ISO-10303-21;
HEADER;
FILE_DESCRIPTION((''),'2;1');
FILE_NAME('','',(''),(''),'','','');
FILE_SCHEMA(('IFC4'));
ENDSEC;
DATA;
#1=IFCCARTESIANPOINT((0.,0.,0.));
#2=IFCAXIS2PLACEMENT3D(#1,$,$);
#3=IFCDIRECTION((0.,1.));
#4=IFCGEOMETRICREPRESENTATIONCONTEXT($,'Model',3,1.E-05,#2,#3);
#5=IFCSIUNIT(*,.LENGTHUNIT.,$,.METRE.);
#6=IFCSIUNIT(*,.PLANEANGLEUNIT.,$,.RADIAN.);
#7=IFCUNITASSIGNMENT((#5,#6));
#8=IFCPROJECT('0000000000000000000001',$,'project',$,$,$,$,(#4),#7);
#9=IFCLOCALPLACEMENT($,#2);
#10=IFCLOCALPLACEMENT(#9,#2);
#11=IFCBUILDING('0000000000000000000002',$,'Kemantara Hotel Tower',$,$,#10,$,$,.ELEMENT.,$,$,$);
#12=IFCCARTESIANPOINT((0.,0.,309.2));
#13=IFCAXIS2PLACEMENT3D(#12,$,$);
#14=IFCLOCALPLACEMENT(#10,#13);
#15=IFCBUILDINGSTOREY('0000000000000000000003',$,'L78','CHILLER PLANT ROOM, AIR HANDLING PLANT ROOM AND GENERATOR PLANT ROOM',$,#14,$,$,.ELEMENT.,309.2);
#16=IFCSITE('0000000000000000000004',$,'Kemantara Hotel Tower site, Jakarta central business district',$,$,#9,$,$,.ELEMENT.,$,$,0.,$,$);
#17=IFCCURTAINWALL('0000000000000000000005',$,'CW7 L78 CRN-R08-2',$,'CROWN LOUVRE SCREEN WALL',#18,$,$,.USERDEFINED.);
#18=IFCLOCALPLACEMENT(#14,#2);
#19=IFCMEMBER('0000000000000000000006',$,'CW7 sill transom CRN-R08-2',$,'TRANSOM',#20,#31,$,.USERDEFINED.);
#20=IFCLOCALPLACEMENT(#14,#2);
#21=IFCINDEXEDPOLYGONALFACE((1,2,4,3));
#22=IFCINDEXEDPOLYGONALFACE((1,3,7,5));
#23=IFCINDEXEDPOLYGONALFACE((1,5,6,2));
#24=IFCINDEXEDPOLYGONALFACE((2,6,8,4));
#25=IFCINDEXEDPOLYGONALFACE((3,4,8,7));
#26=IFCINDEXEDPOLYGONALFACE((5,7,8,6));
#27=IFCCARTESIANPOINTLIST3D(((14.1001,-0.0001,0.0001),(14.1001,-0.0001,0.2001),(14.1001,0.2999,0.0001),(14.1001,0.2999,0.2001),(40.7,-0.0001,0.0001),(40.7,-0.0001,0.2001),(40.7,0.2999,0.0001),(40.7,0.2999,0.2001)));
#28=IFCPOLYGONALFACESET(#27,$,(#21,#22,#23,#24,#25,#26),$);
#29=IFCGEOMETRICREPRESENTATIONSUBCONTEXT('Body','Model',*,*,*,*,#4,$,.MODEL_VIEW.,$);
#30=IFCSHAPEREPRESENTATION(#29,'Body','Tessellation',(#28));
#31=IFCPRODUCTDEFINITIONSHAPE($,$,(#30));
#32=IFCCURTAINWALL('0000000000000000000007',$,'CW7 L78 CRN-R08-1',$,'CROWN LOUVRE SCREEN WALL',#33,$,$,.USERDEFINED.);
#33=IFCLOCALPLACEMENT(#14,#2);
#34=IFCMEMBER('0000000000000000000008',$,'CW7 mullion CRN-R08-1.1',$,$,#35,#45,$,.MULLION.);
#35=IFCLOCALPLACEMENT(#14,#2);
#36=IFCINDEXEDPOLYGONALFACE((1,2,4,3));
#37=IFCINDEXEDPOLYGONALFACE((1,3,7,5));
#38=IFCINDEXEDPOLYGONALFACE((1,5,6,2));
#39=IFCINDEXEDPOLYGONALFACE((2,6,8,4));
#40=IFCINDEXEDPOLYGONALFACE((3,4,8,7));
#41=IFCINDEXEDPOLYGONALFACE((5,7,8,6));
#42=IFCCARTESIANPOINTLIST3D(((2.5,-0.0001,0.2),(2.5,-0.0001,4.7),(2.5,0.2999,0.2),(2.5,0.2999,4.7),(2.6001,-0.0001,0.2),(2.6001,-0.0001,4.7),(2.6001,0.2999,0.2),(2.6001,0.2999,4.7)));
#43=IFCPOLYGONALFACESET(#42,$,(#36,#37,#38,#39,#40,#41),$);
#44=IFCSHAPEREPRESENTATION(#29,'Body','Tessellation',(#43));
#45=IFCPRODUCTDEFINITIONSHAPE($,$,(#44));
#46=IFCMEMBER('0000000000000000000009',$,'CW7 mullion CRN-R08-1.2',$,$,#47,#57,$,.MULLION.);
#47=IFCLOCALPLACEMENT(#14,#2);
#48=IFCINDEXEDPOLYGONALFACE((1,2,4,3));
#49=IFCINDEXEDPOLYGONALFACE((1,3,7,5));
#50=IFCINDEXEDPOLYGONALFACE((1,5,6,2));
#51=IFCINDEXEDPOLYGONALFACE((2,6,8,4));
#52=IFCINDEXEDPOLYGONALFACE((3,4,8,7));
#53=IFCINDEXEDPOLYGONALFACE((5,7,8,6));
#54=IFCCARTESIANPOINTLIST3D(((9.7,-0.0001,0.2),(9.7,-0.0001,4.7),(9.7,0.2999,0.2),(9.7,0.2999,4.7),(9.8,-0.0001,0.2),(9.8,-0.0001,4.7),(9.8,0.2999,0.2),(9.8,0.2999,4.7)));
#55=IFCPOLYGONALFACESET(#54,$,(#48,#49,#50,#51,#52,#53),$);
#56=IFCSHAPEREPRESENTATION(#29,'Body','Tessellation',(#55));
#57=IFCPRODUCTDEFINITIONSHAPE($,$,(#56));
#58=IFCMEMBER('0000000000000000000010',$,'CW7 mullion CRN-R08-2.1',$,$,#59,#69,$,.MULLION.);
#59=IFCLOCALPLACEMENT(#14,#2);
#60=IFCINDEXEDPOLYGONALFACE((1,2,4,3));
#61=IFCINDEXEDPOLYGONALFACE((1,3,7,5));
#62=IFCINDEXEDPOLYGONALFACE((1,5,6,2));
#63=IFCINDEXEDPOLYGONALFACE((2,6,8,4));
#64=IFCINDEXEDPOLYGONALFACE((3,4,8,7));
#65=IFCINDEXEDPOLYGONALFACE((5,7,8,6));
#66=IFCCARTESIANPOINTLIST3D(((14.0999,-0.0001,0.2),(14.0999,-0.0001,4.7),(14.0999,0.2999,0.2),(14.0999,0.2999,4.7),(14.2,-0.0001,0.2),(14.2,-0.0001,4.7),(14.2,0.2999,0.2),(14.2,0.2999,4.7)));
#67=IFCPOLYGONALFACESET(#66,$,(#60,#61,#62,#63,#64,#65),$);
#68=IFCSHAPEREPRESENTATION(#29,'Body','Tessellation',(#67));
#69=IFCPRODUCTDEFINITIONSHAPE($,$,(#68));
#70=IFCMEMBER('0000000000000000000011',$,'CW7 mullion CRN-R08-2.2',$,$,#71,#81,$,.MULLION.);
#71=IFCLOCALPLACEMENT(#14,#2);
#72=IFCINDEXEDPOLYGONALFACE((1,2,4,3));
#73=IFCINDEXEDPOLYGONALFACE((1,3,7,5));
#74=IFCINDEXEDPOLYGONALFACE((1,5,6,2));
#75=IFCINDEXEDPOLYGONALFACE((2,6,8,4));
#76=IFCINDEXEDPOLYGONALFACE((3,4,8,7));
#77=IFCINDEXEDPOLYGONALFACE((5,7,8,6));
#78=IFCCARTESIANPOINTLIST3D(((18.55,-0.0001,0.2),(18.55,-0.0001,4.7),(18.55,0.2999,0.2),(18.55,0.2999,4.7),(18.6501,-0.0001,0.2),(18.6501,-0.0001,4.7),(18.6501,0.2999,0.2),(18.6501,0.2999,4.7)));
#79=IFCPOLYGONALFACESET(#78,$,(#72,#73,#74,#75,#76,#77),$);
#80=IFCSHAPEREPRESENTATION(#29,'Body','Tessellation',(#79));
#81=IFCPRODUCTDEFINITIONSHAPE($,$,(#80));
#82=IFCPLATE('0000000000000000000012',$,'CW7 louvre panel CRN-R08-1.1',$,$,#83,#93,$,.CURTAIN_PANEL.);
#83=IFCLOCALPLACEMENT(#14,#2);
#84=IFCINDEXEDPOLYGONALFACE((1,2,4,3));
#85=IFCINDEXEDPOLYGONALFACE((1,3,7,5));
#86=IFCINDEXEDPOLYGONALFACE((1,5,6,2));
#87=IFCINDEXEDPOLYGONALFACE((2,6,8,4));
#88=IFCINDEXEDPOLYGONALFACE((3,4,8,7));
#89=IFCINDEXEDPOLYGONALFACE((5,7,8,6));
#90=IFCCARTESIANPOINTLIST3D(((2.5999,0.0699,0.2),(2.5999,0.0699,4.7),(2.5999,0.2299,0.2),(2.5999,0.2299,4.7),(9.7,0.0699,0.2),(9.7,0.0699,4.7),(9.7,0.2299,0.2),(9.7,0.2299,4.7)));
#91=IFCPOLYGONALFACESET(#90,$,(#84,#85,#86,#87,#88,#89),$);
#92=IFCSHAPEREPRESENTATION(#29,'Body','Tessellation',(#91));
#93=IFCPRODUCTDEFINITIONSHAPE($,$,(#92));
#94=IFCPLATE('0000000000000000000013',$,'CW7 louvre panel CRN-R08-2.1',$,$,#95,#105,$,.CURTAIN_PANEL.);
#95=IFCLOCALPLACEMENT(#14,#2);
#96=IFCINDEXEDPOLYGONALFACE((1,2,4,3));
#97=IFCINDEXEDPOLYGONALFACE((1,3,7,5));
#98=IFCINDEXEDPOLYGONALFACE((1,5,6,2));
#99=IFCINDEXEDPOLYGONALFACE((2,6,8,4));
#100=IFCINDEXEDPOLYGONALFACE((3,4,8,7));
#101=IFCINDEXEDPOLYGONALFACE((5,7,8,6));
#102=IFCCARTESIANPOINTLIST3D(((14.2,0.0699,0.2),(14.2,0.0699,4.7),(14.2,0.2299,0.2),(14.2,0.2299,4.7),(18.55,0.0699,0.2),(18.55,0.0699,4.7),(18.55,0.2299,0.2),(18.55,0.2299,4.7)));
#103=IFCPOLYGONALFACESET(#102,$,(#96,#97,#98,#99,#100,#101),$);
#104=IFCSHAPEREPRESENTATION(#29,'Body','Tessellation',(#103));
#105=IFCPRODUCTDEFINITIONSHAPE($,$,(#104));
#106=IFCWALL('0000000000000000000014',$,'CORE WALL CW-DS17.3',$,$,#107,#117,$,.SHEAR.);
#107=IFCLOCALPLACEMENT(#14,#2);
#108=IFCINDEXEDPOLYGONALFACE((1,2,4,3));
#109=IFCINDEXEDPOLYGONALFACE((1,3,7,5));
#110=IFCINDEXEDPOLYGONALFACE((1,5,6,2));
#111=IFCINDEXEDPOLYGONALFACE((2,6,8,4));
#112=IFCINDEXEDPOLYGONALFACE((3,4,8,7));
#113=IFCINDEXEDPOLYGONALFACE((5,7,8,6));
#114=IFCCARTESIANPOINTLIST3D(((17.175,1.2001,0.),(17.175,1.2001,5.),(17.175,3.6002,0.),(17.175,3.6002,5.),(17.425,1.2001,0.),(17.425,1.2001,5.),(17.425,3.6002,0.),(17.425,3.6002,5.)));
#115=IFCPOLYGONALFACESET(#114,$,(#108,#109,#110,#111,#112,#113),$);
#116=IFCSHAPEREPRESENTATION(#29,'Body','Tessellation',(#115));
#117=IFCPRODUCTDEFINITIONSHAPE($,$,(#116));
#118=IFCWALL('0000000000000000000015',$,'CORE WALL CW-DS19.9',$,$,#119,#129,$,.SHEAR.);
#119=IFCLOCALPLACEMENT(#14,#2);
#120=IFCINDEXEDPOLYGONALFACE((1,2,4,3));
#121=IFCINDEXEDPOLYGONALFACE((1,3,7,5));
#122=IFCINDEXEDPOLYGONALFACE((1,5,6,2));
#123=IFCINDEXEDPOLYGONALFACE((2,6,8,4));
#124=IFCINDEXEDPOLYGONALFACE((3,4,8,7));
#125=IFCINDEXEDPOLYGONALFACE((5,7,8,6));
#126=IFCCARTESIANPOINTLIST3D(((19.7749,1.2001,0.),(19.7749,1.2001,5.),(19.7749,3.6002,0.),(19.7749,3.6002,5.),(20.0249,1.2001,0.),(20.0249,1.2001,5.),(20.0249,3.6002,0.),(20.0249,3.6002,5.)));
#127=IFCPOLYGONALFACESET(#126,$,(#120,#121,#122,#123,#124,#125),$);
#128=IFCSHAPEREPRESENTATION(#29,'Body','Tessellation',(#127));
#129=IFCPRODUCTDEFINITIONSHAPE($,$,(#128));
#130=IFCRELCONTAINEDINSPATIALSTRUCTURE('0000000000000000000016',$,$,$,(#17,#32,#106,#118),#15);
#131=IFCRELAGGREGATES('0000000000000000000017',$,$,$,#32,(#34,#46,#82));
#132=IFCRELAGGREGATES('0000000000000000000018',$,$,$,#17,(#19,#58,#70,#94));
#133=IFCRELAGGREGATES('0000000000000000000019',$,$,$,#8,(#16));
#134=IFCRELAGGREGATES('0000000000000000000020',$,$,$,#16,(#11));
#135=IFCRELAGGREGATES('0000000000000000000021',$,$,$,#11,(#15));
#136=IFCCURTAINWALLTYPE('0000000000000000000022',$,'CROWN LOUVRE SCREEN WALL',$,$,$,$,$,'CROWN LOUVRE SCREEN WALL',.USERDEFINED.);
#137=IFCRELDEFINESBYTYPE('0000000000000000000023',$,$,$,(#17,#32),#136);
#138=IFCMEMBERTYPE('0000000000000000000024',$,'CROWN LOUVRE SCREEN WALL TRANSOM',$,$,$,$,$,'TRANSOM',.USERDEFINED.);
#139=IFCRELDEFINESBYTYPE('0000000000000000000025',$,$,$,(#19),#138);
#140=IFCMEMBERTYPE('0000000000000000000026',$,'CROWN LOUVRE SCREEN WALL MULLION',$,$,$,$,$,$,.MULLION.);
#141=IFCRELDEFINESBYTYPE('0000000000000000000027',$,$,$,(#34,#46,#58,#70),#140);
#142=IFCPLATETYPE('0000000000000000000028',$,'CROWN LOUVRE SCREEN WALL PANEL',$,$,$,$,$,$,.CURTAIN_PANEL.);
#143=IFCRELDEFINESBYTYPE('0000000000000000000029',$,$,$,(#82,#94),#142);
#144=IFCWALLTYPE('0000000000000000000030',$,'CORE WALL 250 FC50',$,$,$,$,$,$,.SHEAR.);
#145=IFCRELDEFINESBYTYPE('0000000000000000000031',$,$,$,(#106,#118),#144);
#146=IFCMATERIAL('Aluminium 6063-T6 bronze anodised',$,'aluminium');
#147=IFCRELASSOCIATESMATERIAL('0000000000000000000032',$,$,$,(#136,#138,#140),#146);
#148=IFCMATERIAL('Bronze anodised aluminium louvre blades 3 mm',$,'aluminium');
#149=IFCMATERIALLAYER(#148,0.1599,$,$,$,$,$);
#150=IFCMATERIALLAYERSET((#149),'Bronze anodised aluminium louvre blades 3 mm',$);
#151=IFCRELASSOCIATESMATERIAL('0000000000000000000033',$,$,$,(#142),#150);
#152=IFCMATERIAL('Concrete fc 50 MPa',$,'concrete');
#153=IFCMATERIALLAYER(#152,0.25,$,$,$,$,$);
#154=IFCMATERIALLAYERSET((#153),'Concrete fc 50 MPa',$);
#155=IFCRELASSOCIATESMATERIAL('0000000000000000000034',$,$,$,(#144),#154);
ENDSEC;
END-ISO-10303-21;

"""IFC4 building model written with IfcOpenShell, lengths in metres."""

from ifc_helpers import new_model, si_unit, direction, frame, frame_2d, origin, origin_2d, place, context, subcontext, project, spatial, rectangle, extrude, source, transform, mapped, material, layer, layer_set, material_profile, profile_set, type_object, element, aggregate, save


model = new_model("IFC4")

# Units and contexts
model_context = context("Model", 3, precision=1e-05, world=origin(), true_north=direction((0.0, 1.0)))
body_context = subcontext(model_context, "Body", "Model", "MODEL_VIEW")
ifc_project = project(units=[si_unit("LENGTHUNIT", "METRE"), si_unit("PLANEANGLEUNIT", "RADIAN")], contexts=[model_context])

# Site, building, storey
site_placement = place(None, origin())
site = spatial("IfcSite", under=ifc_project, at=site_placement, Name="Kemantara Hotel Tower site, Jakarta central business district", CompositionType="ELEMENT", RefElevation=0.0)
building_placement = place(site_placement, origin())
building = spatial("IfcBuilding", under=site, at=building_placement, Name="Kemantara Hotel Tower", CompositionType="ELEMENT")
storey_placement = place(building_placement, frame((0.0, 0.0, 309.2)))
storey = spatial("IfcBuildingStorey", under=building, at=storey_placement, Name="L78", Description="CHILLER PLANT ROOM, AIR HANDLING PLANT ROOM AND GENERATOR PLANT ROOM", CompositionType="ELEMENT", Elevation=309.2)

# Curtain wall, member
ifc_material_1 = material(Name="Aluminium 6063-T6 bronze anodised", Category="aluminium")
curtain_wall_type = type_object("IfcCurtainWallType", Name="CROWN LOUVRE SCREEN WALL", ElementType="CROWN LOUVRE SCREEN WALL", PredefinedType="USERDEFINED", material=ifc_material_1)
curtain_wall_1_placement = place(storey_placement, origin())
curtain_wall_1 = element("IfcCurtainWall", 1, at=curtain_wall_1_placement, inside=storey, type_object=curtain_wall_type, Name="CW7 L78 CRN-R08-2", ObjectType="CROWN LOUVRE SCREEN WALL", PredefinedType="USERDEFINED")
ifc_material_profile_1 = material_profile(ifc_material_1, rectangle(XDim=0.3, YDim=0.2, at=origin_2d()), Name="CROWN LOUVRE SCREEN WALL TRANSOM")
ifc_profile_set_1 = profile_set([ifc_material_profile_1], Name="Aluminium 6063-T6 bronze anodised")
member_type_1 = type_object("IfcMemberType", Name="CROWN LOUVRE SCREEN WALL TRANSOM", ElementType="TRANSOM", PredefinedType="USERDEFINED", material=ifc_profile_set_1)
member_1_placement = place(storey_placement, frame((14.1001, 0.1499, 0.1001), z_axis=(1.0, 0.0, 0.0), x_axis=(0.0, 1.0, 0.0)))
member_1 = element("IfcMember", 2, at=member_1_placement, type_object=member_type_1, Name="CW7 sill transom CRN-R08-2", ObjectType="TRANSOM", PredefinedType="USERDEFINED", context=body_context, shape_type="SweptSolid", body=[
    extrude(rectangle(XDim=0.3, YDim=0.2, at=origin_2d()), origin(), (0.0, 0.0, 1.0), 26.5999),
])

# Curtain wall, members
curtain_wall_2_placement = place(storey_placement, origin())
curtain_wall_2 = element("IfcCurtainWall", 3, at=curtain_wall_2_placement, inside=storey, type_object=curtain_wall_type, Name="CW7 L78 CRN-R08-1", ObjectType="CROWN LOUVRE SCREEN WALL", PredefinedType="USERDEFINED")
ifc_material_profile_2 = material_profile(ifc_material_1, rectangle(XDim=0.3, YDim=0.1001, at=origin_2d()), Name="CROWN LOUVRE SCREEN WALL MULLION")
ifc_profile_set_2 = profile_set([ifc_material_profile_2], Name="Aluminium 6063-T6 bronze anodised")
member_type_2 = type_object("IfcMemberType", Name="CROWN LOUVRE SCREEN WALL MULLION", PredefinedType="MULLION", material=ifc_profile_set_2)
shared_shape_1 = source(origin(), body_context, "Body", "SweptSolid", [
    extrude(rectangle(XDim=0.3, YDim=0.1001, at=origin_2d()), origin(), (0.0, 0.0, 1.0), 4.5),
])
member_2_placement = place(storey_placement, frame((2.55, 0.1499, 0.2), z_axis=(0.0, 0.0, 1.0), x_axis=(0.0, 1.0, 0.0)))
member_2 = element("IfcMember", 4, at=member_2_placement, type_object=member_type_2, Name="CW7 mullion CRN-R08-1.1", PredefinedType="MULLION", context=body_context, shape_type="MappedRepresentation", body=[
    mapped(shared_shape_1, transform((0.0, 0.0, 0.0))),
])
member_3_placement = place(storey_placement, frame((9.75, 0.1499, 0.2), z_axis=(0.0, 0.0, 1.0), x_axis=(0.0, 1.0, 0.0)))
member_3 = element("IfcMember", 5, at=member_3_placement, type_object=member_type_2, Name="CW7 mullion CRN-R08-1.2", PredefinedType="MULLION", context=body_context, shape_type="MappedRepresentation", body=[
    mapped(shared_shape_1, transform((0.0, 0.0, 0.0))),
])

# Members
member_4_placement = place(storey_placement, frame((14.1499, 0.1499, 0.2), z_axis=(0.0, 0.0, 1.0), x_axis=(0.0, 1.0, 0.0)))
member_4 = element("IfcMember", 6, at=member_4_placement, type_object=member_type_2, Name="CW7 mullion CRN-R08-2.1", PredefinedType="MULLION", context=body_context, shape_type="MappedRepresentation", body=[
    mapped(shared_shape_1, transform((0.0, 0.0, 0.0))),
])
member_5_placement = place(storey_placement, frame((18.6001, 0.1499, 0.2), z_axis=(0.0, 0.0, 1.0), x_axis=(0.0, 1.0, 0.0)))
member_5 = element("IfcMember", 7, at=member_5_placement, type_object=member_type_2, Name="CW7 mullion CRN-R08-2.2", PredefinedType="MULLION", context=body_context, shape_type="MappedRepresentation", body=[
    mapped(shared_shape_1, transform((0.0, 0.0, 0.0))),
])

# Plates
ifc_material_2 = material(Name="Bronze anodised aluminium louvre blades 3 mm", Category="aluminium")
ifc_layer_1 = layer(ifc_material_2, 0.1599)
ifc_layer_set_1 = layer_set([ifc_layer_1], Name="Bronze anodised aluminium louvre blades 3 mm")
plate_type = type_object("IfcPlateType", Name="CROWN LOUVRE SCREEN WALL PANEL", PredefinedType="CURTAIN_PANEL", material=ifc_layer_set_1)
shared_shape_2 = source(origin(), body_context, "Body", "SweptSolid", [
    extrude(rectangle(XDim=7.1001, YDim=0.1599, at=origin_2d()), origin(), (0.0, 0.0, 1.0), 4.5),
])
plate_1_placement = place(storey_placement, frame((6.1499, 0.1499, 0.2), z_axis=(0.0, 0.0, 1.0), x_axis=(1.0, 0.0, 0.0)))
plate_1 = element("IfcPlate", 8, at=plate_1_placement, type_object=plate_type, Name="CW7 louvre panel CRN-R08-1.1", PredefinedType="CURTAIN_PANEL", context=body_context, shape_type="MappedRepresentation", body=[
    mapped(shared_shape_2, transform((0.0, 0.0, 0.0))),
])
aggregate(curtain_wall_2, [member_2, member_3, plate_1])
shared_shape_3 = source(origin(), body_context, "Body", "SweptSolid", [
    extrude(rectangle(XDim=4.3501, YDim=0.1599, at=origin_2d()), origin(), (0.0, 0.0, 1.0), 4.5),
])
plate_2_placement = place(storey_placement, frame((16.375, 0.1499, 0.2), z_axis=(0.0, 0.0, 1.0), x_axis=(1.0, 0.0, 0.0)))
plate_2 = element("IfcPlate", 9, at=plate_2_placement, type_object=plate_type, Name="CW7 louvre panel CRN-R08-2.1", PredefinedType="CURTAIN_PANEL", context=body_context, shape_type="MappedRepresentation", body=[
    mapped(shared_shape_3, transform((0.0, 0.0, 0.0))),
])
aggregate(curtain_wall_1, [member_1, member_4, member_5, plate_2])

# Walls
ifc_material_3 = material(Name="Concrete fc 50 MPa", Category="concrete")
ifc_layer_2 = layer(ifc_material_3, 0.25)
ifc_layer_set_2 = layer_set([ifc_layer_2], Name="Concrete fc 50 MPa")
wall_type_1 = type_object("IfcWallType", Name="CORE WALL 250 FC50", PredefinedType="SHEAR", material=ifc_layer_set_2)
for number, where, z_axis, x_axis, name in (
    (10, (17.3, 1.2, 0.0), (0.0, 0.0, 1.0), (0.0, 1.0, 0.0), "CORE WALL CW-DS17.3"),
    (11, (19.8999, 1.2, 0.0), (0.0, 0.0, 1.0), (0.0, 1.0, 0.0), "CORE WALL CW-DS19.9"),
):
    element("IfcWall", number, at=place(storey_placement, frame(where, z_axis=z_axis, x_axis=x_axis)), inside=storey, type_object=wall_type_1, Name=name, PredefinedType="SHEAR", context=body_context, shape_type="SweptSolid", body=[
        extrude(rectangle(XDim=2.4001, YDim=0.25, at=frame_2d((1.2002, 0.0))), origin(), (0.0, 0.0, 1.0), 5.0),
    ])

save(model, "model.ifc")
